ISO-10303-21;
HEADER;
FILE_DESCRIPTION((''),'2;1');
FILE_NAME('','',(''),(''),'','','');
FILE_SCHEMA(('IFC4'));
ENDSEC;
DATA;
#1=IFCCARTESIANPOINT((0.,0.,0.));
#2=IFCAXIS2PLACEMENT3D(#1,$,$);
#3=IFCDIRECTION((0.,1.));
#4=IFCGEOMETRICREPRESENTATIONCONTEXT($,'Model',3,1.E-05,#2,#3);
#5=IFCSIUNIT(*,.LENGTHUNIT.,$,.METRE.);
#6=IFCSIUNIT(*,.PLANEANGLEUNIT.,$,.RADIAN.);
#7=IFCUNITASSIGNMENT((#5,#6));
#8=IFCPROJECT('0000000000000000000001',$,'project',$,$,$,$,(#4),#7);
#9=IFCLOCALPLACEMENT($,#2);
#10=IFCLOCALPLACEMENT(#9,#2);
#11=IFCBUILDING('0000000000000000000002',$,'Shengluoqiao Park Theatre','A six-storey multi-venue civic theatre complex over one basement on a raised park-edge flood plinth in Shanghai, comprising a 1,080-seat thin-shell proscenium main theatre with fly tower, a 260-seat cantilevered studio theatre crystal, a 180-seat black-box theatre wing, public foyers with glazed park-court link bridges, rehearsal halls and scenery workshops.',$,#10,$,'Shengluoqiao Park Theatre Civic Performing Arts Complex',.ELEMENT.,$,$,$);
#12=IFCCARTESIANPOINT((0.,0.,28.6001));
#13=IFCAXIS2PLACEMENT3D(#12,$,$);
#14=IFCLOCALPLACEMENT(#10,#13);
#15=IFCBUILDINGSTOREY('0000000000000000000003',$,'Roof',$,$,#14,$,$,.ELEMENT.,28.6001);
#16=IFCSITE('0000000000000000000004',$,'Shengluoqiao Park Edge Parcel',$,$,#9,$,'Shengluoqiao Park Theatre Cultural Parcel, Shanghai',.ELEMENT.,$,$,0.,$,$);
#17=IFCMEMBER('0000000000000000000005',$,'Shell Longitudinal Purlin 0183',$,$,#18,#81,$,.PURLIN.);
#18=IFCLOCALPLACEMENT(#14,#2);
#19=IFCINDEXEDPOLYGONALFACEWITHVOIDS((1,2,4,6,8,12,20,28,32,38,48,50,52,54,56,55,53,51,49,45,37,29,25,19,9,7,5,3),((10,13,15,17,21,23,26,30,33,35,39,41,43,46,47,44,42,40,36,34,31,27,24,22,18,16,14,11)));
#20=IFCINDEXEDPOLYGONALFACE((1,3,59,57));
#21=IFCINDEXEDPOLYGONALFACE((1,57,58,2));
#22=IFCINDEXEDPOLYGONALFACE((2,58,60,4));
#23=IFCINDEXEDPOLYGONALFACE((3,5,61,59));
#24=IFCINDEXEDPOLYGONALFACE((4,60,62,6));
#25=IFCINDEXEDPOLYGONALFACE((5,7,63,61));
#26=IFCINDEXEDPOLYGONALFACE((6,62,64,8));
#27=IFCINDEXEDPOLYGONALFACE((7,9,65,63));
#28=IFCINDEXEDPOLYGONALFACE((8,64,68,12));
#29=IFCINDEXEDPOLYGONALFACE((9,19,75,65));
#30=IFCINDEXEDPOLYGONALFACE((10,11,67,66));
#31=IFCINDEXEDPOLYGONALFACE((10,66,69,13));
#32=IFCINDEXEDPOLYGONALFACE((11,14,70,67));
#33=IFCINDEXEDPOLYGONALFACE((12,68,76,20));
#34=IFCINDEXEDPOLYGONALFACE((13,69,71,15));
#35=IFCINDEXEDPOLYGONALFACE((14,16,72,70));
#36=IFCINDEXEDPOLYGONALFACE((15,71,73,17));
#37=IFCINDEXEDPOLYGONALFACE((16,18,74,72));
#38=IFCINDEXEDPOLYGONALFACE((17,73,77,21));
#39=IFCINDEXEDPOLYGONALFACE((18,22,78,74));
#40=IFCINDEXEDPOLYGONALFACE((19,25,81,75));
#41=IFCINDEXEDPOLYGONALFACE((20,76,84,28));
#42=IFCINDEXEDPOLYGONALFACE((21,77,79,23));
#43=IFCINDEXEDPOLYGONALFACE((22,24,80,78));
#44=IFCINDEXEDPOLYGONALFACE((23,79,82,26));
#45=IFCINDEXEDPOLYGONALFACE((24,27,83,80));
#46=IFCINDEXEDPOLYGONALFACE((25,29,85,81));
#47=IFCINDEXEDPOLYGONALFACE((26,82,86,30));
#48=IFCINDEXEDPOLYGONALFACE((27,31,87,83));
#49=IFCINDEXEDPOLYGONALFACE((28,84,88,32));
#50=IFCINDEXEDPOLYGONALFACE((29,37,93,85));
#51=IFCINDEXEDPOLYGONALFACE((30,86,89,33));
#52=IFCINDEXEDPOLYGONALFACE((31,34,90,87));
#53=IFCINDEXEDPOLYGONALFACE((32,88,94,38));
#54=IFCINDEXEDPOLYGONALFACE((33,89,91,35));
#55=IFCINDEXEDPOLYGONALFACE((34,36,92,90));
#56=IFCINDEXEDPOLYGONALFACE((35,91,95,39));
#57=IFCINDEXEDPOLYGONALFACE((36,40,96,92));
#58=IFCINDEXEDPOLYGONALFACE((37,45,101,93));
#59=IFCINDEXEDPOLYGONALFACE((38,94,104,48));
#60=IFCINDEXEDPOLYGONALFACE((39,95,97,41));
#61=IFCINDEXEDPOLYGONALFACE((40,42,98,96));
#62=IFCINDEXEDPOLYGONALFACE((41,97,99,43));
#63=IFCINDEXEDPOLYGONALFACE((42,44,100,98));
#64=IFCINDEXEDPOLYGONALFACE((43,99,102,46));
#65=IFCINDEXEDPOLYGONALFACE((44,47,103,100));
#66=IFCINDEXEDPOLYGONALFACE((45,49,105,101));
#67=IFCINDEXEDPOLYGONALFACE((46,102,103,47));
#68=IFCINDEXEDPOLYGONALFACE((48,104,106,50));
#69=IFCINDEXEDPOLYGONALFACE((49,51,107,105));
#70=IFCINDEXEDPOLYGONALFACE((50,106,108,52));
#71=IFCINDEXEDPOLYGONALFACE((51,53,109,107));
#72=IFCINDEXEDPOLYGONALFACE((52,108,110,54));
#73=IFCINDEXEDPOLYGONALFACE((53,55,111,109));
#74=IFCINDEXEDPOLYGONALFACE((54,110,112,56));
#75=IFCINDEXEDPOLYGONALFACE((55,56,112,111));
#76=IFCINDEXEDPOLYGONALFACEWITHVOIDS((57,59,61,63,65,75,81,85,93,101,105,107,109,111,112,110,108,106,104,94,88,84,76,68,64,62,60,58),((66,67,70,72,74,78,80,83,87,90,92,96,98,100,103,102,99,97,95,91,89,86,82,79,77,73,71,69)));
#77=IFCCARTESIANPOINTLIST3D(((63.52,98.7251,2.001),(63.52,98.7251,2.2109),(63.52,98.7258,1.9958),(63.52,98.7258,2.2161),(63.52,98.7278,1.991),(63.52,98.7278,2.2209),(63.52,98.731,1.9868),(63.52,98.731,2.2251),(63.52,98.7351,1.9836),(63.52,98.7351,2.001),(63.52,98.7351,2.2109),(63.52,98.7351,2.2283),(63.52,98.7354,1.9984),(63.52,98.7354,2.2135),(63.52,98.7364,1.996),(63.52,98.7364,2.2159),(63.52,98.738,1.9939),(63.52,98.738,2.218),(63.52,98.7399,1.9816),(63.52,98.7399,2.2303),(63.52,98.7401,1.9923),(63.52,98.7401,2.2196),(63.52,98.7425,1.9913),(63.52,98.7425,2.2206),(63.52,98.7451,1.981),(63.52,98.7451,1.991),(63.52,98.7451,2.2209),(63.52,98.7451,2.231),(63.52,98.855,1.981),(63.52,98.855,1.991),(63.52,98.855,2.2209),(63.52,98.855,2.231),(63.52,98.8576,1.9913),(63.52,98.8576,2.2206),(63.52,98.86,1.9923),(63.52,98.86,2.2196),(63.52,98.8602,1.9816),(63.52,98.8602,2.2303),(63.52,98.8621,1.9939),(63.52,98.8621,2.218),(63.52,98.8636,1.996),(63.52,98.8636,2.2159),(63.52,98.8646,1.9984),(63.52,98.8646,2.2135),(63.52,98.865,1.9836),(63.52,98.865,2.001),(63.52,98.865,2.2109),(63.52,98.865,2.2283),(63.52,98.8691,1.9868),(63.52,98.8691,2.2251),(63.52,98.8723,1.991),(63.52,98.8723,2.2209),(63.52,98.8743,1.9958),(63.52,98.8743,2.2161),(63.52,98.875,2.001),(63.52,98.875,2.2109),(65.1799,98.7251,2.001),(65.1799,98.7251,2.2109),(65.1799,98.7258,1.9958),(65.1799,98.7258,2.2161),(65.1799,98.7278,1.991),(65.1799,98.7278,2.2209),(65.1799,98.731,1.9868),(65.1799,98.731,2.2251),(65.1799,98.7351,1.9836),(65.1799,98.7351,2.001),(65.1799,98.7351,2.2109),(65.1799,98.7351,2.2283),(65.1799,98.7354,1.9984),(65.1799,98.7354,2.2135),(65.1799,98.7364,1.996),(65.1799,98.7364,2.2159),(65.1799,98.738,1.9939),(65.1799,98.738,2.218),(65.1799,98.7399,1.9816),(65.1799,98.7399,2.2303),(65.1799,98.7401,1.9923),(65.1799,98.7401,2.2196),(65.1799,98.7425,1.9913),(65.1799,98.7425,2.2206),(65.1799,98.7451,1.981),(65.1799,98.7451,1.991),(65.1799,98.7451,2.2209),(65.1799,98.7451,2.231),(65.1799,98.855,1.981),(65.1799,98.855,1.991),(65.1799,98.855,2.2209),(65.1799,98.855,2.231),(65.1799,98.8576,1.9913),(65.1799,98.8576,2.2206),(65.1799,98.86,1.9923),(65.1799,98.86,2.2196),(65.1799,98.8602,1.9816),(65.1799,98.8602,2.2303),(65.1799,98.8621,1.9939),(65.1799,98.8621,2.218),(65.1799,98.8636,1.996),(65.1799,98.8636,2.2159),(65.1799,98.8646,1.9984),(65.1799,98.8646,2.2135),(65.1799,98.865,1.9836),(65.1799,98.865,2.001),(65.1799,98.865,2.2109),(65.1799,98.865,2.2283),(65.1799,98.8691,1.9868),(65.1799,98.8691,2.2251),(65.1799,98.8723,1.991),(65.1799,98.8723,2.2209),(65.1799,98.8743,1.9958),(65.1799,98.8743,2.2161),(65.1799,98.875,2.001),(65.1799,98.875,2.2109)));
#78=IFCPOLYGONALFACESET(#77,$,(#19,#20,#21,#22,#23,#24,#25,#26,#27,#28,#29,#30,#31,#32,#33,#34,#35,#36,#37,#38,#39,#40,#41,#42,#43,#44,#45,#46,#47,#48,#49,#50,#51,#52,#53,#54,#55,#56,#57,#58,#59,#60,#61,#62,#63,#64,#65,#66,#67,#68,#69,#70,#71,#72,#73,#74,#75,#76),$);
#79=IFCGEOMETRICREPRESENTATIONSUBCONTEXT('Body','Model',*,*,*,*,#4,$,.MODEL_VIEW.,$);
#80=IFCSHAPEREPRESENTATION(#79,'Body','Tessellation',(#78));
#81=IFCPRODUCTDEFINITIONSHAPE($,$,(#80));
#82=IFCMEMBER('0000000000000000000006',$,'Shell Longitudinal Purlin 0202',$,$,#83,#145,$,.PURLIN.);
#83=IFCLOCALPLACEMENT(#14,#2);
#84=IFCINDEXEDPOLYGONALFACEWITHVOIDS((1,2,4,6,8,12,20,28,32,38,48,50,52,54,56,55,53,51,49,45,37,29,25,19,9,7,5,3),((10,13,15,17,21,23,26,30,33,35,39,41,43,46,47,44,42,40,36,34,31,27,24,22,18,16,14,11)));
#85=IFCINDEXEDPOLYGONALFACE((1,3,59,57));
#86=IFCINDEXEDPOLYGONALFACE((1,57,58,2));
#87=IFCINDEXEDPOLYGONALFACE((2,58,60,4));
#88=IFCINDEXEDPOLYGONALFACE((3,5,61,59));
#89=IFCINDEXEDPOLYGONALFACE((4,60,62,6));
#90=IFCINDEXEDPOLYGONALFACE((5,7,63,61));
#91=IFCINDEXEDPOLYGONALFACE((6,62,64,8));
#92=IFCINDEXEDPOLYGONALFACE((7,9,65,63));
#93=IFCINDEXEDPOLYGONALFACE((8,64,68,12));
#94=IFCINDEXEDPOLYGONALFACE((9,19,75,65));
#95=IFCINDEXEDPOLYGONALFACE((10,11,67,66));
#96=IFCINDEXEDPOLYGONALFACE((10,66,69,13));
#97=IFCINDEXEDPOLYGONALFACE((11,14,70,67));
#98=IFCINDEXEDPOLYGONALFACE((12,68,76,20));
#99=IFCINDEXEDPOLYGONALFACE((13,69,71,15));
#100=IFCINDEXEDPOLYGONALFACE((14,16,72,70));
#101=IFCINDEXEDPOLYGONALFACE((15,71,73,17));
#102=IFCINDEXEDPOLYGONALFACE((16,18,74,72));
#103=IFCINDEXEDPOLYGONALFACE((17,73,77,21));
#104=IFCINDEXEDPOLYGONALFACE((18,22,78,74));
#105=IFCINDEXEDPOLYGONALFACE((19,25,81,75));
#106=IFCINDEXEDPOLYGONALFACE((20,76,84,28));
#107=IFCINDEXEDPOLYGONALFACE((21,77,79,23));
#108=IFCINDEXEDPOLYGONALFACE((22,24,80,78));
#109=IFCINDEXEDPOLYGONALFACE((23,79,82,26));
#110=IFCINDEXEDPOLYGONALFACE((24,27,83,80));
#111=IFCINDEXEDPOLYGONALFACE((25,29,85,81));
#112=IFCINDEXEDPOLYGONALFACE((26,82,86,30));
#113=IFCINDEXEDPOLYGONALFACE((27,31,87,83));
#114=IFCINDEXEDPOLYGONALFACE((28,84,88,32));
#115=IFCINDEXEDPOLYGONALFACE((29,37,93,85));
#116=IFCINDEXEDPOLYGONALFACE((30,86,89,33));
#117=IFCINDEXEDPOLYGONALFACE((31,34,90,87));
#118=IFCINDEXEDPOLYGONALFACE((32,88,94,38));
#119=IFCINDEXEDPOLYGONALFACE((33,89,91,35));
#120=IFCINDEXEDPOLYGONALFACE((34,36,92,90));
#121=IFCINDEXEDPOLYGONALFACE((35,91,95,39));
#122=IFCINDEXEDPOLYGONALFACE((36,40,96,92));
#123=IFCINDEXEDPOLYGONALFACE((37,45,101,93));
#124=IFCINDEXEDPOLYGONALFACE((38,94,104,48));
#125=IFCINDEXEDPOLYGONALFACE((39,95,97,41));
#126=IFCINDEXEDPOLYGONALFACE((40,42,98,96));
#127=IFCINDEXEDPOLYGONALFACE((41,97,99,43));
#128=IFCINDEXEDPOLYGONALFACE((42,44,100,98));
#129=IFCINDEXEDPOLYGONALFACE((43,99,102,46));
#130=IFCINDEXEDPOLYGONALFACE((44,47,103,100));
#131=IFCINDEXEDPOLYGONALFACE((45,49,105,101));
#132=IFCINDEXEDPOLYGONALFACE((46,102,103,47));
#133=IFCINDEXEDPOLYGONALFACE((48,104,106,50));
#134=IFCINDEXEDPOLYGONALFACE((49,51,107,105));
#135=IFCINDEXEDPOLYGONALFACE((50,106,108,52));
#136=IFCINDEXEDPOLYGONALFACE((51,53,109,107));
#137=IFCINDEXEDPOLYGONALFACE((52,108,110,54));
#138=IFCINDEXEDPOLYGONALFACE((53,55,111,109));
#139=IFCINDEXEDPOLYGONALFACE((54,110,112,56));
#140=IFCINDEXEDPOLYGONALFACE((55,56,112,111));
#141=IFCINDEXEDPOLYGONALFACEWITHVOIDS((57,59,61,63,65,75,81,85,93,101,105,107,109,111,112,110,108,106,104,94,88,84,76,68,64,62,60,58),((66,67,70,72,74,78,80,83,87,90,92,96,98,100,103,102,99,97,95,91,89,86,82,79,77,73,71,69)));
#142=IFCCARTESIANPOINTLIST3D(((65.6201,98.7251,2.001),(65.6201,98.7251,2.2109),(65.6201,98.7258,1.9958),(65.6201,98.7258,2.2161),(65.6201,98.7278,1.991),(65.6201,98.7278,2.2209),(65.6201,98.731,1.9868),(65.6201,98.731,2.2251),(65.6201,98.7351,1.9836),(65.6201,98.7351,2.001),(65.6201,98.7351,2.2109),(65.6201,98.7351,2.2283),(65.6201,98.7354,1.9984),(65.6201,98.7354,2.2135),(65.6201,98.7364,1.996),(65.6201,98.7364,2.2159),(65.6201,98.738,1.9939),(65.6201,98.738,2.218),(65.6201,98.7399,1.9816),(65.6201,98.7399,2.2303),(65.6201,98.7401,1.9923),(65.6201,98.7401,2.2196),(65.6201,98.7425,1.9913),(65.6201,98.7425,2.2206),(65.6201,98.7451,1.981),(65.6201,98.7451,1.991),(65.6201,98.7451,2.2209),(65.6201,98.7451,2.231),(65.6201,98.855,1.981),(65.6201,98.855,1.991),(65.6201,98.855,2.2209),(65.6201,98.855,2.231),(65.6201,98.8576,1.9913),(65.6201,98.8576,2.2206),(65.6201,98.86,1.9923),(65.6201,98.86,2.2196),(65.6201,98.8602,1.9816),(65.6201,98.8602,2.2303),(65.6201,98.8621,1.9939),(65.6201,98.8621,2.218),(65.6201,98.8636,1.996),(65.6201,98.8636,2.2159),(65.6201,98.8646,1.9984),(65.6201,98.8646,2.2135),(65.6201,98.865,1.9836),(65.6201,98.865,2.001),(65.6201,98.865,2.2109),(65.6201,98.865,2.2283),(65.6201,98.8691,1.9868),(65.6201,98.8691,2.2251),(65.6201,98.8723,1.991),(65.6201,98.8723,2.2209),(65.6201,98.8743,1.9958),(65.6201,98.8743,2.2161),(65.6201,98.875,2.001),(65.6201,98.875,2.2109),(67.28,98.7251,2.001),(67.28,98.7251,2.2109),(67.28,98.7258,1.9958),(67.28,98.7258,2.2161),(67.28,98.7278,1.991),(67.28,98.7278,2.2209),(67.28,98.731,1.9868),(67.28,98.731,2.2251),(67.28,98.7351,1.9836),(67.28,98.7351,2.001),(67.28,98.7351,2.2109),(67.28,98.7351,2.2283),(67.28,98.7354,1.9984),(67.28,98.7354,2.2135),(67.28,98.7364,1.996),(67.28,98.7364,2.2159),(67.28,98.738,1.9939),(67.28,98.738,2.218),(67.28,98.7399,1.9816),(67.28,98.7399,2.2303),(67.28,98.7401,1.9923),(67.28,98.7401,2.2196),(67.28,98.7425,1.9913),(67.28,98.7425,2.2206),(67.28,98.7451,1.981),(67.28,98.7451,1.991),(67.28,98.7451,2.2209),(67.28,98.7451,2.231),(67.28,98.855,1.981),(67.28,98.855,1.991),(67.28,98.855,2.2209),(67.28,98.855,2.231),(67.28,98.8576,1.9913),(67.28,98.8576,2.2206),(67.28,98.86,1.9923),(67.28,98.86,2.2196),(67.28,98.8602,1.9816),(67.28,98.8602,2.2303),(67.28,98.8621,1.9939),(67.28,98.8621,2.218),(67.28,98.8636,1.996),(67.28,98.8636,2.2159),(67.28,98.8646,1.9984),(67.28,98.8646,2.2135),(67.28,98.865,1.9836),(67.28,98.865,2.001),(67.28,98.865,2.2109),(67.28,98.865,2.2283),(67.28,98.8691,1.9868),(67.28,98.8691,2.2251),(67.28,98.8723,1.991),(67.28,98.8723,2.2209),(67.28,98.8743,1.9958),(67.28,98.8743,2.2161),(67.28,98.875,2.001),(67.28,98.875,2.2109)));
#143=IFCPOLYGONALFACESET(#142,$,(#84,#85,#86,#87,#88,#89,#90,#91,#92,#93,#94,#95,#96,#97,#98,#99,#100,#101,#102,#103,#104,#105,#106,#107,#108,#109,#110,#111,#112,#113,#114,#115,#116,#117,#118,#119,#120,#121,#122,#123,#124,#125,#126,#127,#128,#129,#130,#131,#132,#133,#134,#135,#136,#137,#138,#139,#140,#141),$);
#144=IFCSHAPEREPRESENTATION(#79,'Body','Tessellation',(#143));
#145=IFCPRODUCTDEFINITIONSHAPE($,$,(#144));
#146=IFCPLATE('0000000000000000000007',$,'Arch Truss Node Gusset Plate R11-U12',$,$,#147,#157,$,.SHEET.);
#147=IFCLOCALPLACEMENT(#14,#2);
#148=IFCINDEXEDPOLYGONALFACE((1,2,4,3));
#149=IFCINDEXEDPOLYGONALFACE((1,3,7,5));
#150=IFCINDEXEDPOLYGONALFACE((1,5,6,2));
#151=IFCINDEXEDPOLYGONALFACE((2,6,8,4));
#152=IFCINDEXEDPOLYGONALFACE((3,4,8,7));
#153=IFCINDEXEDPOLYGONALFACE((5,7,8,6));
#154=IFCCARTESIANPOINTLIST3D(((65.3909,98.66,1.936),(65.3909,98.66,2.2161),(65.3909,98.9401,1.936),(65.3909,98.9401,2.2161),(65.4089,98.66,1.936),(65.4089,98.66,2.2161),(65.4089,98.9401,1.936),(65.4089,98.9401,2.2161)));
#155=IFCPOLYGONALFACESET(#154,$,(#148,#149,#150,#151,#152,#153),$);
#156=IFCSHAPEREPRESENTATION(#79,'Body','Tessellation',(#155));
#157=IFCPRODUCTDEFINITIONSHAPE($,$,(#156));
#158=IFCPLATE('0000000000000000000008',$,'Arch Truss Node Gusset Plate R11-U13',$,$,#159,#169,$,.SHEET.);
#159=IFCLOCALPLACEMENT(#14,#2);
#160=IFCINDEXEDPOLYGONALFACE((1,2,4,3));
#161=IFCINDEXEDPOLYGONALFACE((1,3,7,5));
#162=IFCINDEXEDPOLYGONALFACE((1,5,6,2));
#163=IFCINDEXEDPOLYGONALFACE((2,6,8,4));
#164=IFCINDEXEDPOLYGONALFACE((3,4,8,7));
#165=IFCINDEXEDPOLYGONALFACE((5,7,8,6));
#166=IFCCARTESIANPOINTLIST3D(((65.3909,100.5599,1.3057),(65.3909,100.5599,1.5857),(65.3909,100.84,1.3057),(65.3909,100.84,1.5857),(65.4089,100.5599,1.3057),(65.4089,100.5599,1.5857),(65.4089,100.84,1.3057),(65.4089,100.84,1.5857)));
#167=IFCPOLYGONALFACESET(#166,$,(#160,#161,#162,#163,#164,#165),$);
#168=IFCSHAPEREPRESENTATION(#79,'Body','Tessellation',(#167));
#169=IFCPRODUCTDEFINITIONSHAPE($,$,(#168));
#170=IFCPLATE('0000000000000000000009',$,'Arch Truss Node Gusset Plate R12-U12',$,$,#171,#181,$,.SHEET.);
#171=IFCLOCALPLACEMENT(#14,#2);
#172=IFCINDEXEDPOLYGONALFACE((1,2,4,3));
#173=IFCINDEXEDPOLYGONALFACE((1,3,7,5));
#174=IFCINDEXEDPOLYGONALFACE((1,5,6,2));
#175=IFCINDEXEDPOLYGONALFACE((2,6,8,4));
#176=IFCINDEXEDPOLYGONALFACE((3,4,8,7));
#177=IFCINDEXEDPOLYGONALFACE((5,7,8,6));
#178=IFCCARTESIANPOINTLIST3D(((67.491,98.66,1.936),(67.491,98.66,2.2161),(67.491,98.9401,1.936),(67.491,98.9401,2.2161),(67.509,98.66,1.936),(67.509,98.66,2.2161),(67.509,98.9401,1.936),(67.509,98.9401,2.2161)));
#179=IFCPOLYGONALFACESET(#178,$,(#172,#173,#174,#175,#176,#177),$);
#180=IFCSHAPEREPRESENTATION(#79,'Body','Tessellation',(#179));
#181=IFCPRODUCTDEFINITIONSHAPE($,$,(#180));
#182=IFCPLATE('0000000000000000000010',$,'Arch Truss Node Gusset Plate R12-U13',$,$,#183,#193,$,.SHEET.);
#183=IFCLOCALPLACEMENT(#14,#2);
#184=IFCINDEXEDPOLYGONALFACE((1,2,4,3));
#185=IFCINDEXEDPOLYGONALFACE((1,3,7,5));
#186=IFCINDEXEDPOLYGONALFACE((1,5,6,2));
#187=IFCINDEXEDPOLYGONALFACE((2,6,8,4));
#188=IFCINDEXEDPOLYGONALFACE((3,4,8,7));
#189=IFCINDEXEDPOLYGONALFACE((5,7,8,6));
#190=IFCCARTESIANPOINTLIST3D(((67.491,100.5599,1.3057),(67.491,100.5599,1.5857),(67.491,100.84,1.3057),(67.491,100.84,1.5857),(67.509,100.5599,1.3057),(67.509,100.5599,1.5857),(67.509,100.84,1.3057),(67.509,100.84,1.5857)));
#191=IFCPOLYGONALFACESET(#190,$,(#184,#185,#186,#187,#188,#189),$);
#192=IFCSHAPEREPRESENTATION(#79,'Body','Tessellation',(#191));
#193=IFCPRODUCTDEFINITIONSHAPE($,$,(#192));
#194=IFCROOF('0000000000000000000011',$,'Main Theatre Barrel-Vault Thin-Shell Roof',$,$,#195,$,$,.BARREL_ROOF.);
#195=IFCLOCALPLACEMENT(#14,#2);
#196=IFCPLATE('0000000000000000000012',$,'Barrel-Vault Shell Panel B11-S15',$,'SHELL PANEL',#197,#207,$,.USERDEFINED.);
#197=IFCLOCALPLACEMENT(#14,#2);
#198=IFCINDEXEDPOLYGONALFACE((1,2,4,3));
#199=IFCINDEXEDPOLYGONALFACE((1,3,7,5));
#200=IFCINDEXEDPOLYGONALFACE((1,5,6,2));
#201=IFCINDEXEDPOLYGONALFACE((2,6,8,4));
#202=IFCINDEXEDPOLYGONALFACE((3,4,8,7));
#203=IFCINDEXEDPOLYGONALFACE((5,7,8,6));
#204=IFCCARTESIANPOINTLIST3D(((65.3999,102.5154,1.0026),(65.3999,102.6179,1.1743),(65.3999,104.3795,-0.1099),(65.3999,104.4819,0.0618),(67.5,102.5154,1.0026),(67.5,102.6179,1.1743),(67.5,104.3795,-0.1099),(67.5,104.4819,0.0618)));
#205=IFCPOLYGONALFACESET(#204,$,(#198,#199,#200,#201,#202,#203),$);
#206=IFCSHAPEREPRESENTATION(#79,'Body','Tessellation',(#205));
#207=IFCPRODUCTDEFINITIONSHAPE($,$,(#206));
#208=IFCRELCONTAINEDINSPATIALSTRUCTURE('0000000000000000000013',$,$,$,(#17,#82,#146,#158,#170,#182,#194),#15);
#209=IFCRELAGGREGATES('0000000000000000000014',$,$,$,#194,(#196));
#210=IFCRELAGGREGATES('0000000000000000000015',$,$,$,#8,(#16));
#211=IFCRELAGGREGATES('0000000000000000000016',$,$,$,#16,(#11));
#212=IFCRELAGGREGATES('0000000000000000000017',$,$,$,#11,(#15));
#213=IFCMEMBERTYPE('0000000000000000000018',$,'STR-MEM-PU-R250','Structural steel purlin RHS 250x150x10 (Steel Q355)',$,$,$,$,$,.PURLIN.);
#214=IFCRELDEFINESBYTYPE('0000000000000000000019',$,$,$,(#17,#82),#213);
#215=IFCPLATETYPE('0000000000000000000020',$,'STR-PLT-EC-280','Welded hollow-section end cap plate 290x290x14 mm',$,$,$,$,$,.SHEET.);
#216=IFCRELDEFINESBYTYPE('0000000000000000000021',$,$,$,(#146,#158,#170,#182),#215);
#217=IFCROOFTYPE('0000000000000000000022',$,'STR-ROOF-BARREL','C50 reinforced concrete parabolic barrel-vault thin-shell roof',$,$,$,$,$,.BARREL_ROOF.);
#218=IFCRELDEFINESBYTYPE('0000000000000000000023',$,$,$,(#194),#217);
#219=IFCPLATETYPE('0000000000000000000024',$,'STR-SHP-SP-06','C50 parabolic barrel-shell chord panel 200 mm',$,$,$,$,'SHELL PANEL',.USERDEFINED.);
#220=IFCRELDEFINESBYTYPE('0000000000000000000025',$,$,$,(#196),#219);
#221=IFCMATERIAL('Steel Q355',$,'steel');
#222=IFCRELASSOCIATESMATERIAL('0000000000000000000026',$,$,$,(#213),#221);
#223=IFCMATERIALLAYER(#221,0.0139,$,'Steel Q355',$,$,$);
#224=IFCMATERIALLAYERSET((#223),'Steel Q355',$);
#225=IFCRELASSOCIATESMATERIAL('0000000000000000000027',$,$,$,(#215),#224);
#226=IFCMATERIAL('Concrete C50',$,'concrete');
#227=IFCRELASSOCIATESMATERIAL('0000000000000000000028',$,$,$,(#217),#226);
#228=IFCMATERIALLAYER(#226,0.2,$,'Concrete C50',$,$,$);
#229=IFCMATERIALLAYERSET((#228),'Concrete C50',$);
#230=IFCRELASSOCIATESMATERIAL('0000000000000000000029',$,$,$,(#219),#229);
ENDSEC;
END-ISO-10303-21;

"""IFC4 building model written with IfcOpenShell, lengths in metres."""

from ifc_helpers import new_model, si_unit, direction, frame, origin, origin_2d, place, context, subcontext, project, spatial, polyline, rectangle, hollow_rectangle, outline, extrude, material, layer, layer_set, material_profile, profile_set, type_object, element, aggregate, save


model = new_model("IFC4")

# Units and contexts
model_context = context("Model", 3, precision=1e-05, world=origin(), true_north=direction((0.0, 1.0)))
body_context = subcontext(model_context, "Body", "Model", "MODEL_VIEW")
ifc_project = project(units=[si_unit("LENGTHUNIT", "METRE"), si_unit("PLANEANGLEUNIT", "RADIAN")], contexts=[model_context])

# Site, building, storey
site_placement = place(None, origin())
site = spatial("IfcSite", under=ifc_project, at=site_placement, Name="Shengluoqiao Park Edge Parcel", LongName="Shengluoqiao Park Theatre Cultural Parcel, Shanghai", CompositionType="ELEMENT", RefElevation=0.0)
building_placement = place(site_placement, origin())
building = spatial("IfcBuilding", under=site, at=building_placement, Name="Shengluoqiao Park Theatre", Description="A six-storey multi-venue civic theatre complex over one basement on a raised park-edge flood plinth in Shanghai, comprising a 1,080-seat thin-shell proscenium main theatre with fly tower, a 260-seat cantilevered studio theatre crystal, a 180-seat black-box theatre wing, public foyers with glazed park-court link bridges, rehearsal halls and scenery workshops.", LongName="Shengluoqiao Park Theatre Civic Performing Arts Complex", CompositionType="ELEMENT")
storey_placement = place(building_placement, frame((0.0, 0.0, 28.6001)))
storey = spatial("IfcBuildingStorey", under=building, at=storey_placement, Name="Roof", CompositionType="ELEMENT", Elevation=28.6001)

# Shared definitions
ifc_material_1 = material(Name="Concrete C50", Category="concrete")

# Members
ifc_material_2 = material(Name="Steel Q355", Category="steel")
ifc_material_profile_1 = material_profile(ifc_material_2, hollow_rectangle(XDim=0.1499, YDim=0.25, WallThickness=0.01, InnerFilletRadius=0.01, OuterFilletRadius=0.02, at=origin_2d()), Name="RHS 250x150x10")
ifc_profile_set_1 = profile_set([ifc_material_profile_1], Name="Steel Q355")
member_type_1 = type_object("IfcMemberType", Name="STR-MEM-PU-R250", Description="Structural steel purlin RHS 250x150x10 (Steel Q355)", PredefinedType="PURLIN", material=ifc_profile_set_1)
for number, where, z_axis, x_axis, name in (
    (1, (63.52, 98.8, 2.106), (1.0, 0.0, 0.0), (0.0, 1.0, 0.0), "Shell Longitudinal Purlin 0183"),
    (2, (65.6201, 98.8, 2.106), (1.0, 0.0, 0.0), (0.0, 1.0, 0.0), "Shell Longitudinal Purlin 0202"),
):
    element("IfcMember", number, at=place(storey_placement, frame(where, z_axis=z_axis, x_axis=x_axis)), inside=storey, type_object=member_type_1, Name=name, PredefinedType="PURLIN", context=body_context, shape_type="SweptSolid", body=[
        extrude(hollow_rectangle(XDim=0.1499, YDim=0.25, WallThickness=0.01, InnerFilletRadius=0.01, OuterFilletRadius=0.02, at=origin_2d()), origin(), (0.0, 0.0, 1.0), 1.6599),
    ])

# Plates
ifc_layer_1 = layer(ifc_material_2, 0.0139, Name="Steel Q355")
ifc_layer_set_1 = layer_set([ifc_layer_1], Name="Steel Q355")
plate_type_1 = type_object("IfcPlateType", Name="STR-PLT-EC-280", Description="Welded hollow-section end cap plate 290x290x14 mm", PredefinedType="SHEET", material=ifc_layer_set_1)
for number, where, z_axis, x_axis, name in (
    (3, (65.3999, 98.8, 1.936), (0.0, 0.0, 1.0), (1.0, 0.0, 0.0), "Arch Truss Node Gusset Plate R11-U12"),
    (4, (65.3999, 100.7, 1.3057), (0.0, 0.0, 1.0), (1.0, 0.0, 0.0), "Arch Truss Node Gusset Plate R11-U13"),
    (5, (67.5, 98.8, 1.936), (0.0, 0.0, 1.0), (1.0, 0.0, 0.0), "Arch Truss Node Gusset Plate R12-U12"),
    (6, (67.5, 100.7, 1.3057), (0.0, 0.0, 1.0), (1.0, 0.0, 0.0), "Arch Truss Node Gusset Plate R12-U13"),
):
    element("IfcPlate", number, at=place(storey_placement, frame(where, z_axis=z_axis, x_axis=x_axis)), inside=storey, type_object=plate_type_1, Name=name, PredefinedType="SHEET", context=body_context, shape_type="SweptSolid", body=[
        extrude(rectangle(XDim=0.0181, YDim=0.28, at=origin_2d()), origin(), (0.0, 0.0, 1.0), 0.28),
    ])

# Roof, plate
roof_type = type_object("IfcRoofType", Name="STR-ROOF-BARREL", Description="C50 reinforced concrete parabolic barrel-vault thin-shell roof", PredefinedType="BARREL_ROOF", material=ifc_material_1)
roof_placement = place(storey_placement, origin())
roof = element("IfcRoof", 7, at=roof_placement, inside=storey, type_object=roof_type, Name="Main Theatre Barrel-Vault Thin-Shell Roof", PredefinedType="BARREL_ROOF")
ifc_layer_2 = layer(ifc_material_1, 0.2, Name="Concrete C50")
ifc_layer_set_2 = layer_set([ifc_layer_2], Name="Concrete C50")
plate_type_2 = type_object("IfcPlateType", Name="STR-SHP-SP-06", Description="C50 parabolic barrel-shell chord panel 200 mm", ElementType="SHELL PANEL", PredefinedType="USERDEFINED", material=ifc_layer_set_2)
plate_1_placement = place(storey_placement, frame((65.3999, 102.6179, 1.1743), z_axis=(0.0, 0.51251, 0.858681), x_axis=(1.0, 0.0, 0.0)))
plate_1 = element("IfcPlate", 8, at=plate_1_placement, type_object=plate_type_2, Name="Barrel-Vault Shell Panel B11-S15", ObjectType="SHELL PANEL", PredefinedType="USERDEFINED", context=body_context, shape_type="SweptSolid", body=[
    extrude(outline(polyline([(0.0, 0.0), (2.1001, 0.0), (2.1001, 2.1708), (0.0, 2.1708), (0.0, 0.0)])), origin(), (0.0, 0.0, -1.0), 0.2),
])
aggregate(roof, [plate_1])

save(model, "model.ifc")
